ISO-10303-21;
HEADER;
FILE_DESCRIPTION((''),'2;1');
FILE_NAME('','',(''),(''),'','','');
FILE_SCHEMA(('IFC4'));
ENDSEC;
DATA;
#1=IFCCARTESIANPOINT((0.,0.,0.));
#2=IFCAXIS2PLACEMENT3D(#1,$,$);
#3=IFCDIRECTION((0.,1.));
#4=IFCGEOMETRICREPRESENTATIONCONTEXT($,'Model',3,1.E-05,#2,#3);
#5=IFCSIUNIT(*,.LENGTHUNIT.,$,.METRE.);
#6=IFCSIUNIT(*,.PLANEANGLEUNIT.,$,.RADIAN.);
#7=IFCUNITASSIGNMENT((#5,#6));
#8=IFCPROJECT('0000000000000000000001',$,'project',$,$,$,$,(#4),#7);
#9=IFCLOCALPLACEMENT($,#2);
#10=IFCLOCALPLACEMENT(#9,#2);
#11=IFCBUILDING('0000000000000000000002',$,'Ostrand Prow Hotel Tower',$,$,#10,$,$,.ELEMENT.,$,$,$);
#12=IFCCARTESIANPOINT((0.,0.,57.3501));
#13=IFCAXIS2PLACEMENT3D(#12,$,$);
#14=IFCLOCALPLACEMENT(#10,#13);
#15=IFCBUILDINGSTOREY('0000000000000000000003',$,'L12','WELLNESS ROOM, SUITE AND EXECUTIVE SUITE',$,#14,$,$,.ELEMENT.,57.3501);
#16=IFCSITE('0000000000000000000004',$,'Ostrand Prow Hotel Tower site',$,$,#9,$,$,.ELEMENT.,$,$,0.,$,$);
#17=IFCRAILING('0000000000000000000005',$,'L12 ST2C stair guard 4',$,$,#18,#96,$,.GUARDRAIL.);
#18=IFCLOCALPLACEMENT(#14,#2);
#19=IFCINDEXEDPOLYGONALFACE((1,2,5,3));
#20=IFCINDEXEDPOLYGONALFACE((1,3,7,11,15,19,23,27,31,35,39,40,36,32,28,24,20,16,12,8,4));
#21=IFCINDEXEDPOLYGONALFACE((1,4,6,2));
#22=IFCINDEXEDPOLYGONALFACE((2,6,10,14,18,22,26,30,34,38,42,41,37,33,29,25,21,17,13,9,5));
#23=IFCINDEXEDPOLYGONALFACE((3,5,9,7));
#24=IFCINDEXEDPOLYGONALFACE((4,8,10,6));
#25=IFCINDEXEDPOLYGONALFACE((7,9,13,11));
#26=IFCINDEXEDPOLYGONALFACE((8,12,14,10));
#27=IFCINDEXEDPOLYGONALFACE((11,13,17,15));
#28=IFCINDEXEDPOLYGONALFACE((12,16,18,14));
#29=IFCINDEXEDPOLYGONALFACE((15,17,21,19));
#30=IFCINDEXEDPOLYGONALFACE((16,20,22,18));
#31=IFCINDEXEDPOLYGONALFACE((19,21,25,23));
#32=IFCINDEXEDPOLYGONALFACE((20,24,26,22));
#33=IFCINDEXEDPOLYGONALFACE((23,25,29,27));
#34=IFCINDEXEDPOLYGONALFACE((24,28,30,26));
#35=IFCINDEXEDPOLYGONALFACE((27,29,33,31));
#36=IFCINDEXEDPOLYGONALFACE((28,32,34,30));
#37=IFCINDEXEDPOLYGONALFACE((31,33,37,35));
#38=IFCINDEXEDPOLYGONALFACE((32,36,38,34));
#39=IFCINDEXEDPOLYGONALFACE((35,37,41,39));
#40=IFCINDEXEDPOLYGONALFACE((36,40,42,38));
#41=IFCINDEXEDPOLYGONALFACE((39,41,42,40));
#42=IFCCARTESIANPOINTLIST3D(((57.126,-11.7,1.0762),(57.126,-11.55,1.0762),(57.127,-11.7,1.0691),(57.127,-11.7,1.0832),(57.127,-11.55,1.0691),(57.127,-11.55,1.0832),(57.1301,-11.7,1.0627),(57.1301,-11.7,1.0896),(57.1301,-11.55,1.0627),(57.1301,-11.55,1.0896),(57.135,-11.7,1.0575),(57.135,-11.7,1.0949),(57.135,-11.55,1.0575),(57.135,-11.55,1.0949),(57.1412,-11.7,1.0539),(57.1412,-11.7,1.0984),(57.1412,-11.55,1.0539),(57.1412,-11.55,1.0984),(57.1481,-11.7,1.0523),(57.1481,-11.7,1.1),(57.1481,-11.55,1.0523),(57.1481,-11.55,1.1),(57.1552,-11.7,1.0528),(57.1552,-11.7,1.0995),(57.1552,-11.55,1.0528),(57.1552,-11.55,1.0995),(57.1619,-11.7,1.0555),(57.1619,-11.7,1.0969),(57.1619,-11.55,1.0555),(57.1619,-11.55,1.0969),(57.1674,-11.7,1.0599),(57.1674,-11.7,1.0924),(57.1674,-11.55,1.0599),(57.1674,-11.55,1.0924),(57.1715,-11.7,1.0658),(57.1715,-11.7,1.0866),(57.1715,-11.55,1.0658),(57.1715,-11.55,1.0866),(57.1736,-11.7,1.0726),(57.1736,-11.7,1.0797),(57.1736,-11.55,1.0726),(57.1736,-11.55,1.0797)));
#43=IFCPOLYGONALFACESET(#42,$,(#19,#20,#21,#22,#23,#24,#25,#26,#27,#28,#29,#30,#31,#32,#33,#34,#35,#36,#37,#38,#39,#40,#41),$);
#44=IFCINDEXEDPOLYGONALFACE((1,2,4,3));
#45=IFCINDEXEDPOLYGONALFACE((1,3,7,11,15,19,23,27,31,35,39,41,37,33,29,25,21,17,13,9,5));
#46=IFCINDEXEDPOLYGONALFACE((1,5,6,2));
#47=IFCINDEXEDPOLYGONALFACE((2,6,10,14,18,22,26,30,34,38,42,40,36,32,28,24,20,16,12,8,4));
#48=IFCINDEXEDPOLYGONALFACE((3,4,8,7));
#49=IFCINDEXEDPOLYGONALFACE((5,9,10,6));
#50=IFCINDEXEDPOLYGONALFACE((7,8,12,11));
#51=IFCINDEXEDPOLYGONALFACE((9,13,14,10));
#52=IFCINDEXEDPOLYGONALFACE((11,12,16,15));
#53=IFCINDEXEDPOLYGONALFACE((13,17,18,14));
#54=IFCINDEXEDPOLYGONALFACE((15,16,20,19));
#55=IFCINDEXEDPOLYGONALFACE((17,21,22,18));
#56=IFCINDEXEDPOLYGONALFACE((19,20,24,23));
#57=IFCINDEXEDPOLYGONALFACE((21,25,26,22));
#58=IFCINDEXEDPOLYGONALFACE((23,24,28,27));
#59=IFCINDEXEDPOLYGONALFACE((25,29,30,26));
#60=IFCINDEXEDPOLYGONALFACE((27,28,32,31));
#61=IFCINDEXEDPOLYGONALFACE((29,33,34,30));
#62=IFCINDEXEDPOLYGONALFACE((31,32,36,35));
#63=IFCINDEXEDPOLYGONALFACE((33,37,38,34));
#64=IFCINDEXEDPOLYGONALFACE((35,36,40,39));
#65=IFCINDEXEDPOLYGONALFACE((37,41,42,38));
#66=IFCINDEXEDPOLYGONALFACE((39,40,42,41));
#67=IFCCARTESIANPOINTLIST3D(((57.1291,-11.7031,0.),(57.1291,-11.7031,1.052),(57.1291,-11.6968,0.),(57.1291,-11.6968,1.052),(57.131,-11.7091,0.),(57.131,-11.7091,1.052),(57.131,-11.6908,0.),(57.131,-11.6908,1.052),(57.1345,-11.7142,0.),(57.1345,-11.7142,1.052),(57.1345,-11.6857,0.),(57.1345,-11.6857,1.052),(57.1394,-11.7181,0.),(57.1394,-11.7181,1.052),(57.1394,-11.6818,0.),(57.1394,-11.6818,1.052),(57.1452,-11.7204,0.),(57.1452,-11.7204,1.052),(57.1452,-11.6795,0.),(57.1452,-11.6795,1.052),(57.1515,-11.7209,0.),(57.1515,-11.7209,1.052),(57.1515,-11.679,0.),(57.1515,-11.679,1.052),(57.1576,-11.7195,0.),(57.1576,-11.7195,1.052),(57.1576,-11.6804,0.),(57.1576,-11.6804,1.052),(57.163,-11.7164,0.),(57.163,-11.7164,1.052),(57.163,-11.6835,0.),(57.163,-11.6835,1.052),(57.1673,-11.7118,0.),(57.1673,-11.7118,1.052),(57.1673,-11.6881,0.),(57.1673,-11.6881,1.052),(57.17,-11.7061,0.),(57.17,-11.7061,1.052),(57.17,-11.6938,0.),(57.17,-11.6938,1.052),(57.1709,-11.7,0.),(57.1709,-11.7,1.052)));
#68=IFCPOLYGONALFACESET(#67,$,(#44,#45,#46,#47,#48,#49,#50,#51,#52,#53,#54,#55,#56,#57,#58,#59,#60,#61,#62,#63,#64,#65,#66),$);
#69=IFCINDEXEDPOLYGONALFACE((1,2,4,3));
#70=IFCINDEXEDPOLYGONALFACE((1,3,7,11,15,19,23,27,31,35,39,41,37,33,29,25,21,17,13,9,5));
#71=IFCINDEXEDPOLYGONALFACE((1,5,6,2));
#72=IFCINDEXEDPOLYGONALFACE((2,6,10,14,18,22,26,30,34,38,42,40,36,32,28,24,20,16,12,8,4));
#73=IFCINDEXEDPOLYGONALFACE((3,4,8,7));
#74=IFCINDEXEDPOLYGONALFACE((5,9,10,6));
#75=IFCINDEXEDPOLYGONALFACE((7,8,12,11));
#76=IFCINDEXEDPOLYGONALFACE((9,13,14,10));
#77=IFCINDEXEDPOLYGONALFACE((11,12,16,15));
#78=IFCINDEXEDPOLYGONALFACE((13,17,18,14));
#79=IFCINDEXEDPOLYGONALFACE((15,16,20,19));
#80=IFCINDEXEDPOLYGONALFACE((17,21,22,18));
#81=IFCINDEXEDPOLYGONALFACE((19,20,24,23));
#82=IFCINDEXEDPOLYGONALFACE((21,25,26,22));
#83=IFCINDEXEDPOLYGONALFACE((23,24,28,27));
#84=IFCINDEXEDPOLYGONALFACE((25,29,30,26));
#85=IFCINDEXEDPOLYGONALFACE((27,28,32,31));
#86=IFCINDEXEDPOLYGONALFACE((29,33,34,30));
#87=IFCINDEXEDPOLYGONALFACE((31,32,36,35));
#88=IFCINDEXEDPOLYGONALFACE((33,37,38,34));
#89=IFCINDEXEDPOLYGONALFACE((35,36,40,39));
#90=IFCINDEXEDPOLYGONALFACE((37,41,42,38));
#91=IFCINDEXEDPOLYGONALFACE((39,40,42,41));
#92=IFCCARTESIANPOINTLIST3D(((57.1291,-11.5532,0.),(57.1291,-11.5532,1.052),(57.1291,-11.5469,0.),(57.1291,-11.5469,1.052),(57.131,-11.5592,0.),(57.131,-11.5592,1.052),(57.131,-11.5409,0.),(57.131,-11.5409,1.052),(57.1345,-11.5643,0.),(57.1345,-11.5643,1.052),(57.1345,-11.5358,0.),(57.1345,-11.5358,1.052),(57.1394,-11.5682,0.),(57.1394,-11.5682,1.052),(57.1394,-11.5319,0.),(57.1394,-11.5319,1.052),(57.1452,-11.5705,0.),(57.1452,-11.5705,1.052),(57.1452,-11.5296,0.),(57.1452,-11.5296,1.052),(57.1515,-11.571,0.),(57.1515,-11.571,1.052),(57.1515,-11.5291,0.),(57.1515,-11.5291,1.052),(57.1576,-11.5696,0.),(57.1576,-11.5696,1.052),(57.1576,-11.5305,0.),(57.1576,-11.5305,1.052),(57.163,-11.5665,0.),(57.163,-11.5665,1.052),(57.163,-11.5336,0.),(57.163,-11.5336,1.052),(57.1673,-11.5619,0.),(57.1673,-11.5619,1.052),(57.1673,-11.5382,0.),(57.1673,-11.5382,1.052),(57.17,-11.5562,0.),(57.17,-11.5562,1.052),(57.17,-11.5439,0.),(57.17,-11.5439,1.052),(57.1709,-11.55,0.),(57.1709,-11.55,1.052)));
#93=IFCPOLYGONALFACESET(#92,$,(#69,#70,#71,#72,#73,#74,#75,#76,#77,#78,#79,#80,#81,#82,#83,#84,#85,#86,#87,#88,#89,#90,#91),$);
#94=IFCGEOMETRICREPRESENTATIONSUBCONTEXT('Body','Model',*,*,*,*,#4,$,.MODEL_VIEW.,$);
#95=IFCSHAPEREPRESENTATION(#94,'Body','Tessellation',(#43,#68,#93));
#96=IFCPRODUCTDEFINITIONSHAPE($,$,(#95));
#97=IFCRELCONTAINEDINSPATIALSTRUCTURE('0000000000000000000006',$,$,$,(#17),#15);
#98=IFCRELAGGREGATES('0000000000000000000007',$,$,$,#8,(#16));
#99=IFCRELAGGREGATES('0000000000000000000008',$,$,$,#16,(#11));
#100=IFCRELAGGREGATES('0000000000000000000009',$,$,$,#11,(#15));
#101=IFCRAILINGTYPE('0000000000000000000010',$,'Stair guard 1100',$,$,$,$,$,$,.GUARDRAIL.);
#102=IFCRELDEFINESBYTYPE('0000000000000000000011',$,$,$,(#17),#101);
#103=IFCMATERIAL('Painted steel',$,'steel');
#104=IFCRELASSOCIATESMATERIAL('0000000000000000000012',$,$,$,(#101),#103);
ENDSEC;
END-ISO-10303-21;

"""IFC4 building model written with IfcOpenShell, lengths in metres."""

from ifc_helpers import new_model, si_unit, direction, frame, origin, origin_2d, place, context, subcontext, project, spatial, circle, extrude, material, type_object, element, save


model = new_model("IFC4")

# Units and contexts
model_context = context("Model", 3, precision=1e-05, world=origin(), true_north=direction((0.0, 1.0)))
body_context = subcontext(model_context, "Body", "Model", "MODEL_VIEW")
ifc_project = project(units=[si_unit("LENGTHUNIT", "METRE"), si_unit("PLANEANGLEUNIT", "RADIAN")], contexts=[model_context])

# Site, building, storey
site_placement = place(None, origin())
site = spatial("IfcSite", under=ifc_project, at=site_placement, Name="Ostrand Prow Hotel Tower site", CompositionType="ELEMENT", RefElevation=0.0)
building_placement = place(site_placement, origin())
building = spatial("IfcBuilding", under=site, at=building_placement, Name="Ostrand Prow Hotel Tower", CompositionType="ELEMENT")
storey_placement = place(building_placement, frame((0.0, 0.0, 57.3501)))
storey = spatial("IfcBuildingStorey", under=building, at=storey_placement, Name="L12", Description="WELLNESS ROOM, SUITE AND EXECUTIVE SUITE", CompositionType="ELEMENT", Elevation=57.3501)

# Railing
ifc_material_1 = material(Name="Painted steel", Category="steel")
railing_type_1 = type_object("IfcRailingType", Name="Stair guard 1100", PredefinedType="GUARDRAIL", material=ifc_material_1)
railing_1_placement = place(storey_placement, frame((57.1499, -11.7, 0.0)))
element("IfcRailing", 1, at=railing_1_placement, inside=storey, type_object=railing_type_1, Name="L12 ST2C stair guard 4", PredefinedType="GUARDRAIL", context=body_context, shape_type="SweptSolid", body=[
    extrude(circle(Radius=0.0239, at=origin_2d()), frame((0.0, 0.0, 1.0762), z_axis=(0.0, 1.0, 0.0), x_axis=(-1.0, 0.0, 0.0)), (0.0, 0.0, 1.0), 0.1499),
    extrude(circle(Radius=0.021, at=origin_2d()), origin(), (0.0, 0.0, 1.0), 1.052),
    extrude(circle(Radius=0.021, at=origin_2d()), frame((0.0, 0.1499, 0.0)), (0.0, 0.0, 1.0), 1.052),
])

save(model, "model.ifc")
